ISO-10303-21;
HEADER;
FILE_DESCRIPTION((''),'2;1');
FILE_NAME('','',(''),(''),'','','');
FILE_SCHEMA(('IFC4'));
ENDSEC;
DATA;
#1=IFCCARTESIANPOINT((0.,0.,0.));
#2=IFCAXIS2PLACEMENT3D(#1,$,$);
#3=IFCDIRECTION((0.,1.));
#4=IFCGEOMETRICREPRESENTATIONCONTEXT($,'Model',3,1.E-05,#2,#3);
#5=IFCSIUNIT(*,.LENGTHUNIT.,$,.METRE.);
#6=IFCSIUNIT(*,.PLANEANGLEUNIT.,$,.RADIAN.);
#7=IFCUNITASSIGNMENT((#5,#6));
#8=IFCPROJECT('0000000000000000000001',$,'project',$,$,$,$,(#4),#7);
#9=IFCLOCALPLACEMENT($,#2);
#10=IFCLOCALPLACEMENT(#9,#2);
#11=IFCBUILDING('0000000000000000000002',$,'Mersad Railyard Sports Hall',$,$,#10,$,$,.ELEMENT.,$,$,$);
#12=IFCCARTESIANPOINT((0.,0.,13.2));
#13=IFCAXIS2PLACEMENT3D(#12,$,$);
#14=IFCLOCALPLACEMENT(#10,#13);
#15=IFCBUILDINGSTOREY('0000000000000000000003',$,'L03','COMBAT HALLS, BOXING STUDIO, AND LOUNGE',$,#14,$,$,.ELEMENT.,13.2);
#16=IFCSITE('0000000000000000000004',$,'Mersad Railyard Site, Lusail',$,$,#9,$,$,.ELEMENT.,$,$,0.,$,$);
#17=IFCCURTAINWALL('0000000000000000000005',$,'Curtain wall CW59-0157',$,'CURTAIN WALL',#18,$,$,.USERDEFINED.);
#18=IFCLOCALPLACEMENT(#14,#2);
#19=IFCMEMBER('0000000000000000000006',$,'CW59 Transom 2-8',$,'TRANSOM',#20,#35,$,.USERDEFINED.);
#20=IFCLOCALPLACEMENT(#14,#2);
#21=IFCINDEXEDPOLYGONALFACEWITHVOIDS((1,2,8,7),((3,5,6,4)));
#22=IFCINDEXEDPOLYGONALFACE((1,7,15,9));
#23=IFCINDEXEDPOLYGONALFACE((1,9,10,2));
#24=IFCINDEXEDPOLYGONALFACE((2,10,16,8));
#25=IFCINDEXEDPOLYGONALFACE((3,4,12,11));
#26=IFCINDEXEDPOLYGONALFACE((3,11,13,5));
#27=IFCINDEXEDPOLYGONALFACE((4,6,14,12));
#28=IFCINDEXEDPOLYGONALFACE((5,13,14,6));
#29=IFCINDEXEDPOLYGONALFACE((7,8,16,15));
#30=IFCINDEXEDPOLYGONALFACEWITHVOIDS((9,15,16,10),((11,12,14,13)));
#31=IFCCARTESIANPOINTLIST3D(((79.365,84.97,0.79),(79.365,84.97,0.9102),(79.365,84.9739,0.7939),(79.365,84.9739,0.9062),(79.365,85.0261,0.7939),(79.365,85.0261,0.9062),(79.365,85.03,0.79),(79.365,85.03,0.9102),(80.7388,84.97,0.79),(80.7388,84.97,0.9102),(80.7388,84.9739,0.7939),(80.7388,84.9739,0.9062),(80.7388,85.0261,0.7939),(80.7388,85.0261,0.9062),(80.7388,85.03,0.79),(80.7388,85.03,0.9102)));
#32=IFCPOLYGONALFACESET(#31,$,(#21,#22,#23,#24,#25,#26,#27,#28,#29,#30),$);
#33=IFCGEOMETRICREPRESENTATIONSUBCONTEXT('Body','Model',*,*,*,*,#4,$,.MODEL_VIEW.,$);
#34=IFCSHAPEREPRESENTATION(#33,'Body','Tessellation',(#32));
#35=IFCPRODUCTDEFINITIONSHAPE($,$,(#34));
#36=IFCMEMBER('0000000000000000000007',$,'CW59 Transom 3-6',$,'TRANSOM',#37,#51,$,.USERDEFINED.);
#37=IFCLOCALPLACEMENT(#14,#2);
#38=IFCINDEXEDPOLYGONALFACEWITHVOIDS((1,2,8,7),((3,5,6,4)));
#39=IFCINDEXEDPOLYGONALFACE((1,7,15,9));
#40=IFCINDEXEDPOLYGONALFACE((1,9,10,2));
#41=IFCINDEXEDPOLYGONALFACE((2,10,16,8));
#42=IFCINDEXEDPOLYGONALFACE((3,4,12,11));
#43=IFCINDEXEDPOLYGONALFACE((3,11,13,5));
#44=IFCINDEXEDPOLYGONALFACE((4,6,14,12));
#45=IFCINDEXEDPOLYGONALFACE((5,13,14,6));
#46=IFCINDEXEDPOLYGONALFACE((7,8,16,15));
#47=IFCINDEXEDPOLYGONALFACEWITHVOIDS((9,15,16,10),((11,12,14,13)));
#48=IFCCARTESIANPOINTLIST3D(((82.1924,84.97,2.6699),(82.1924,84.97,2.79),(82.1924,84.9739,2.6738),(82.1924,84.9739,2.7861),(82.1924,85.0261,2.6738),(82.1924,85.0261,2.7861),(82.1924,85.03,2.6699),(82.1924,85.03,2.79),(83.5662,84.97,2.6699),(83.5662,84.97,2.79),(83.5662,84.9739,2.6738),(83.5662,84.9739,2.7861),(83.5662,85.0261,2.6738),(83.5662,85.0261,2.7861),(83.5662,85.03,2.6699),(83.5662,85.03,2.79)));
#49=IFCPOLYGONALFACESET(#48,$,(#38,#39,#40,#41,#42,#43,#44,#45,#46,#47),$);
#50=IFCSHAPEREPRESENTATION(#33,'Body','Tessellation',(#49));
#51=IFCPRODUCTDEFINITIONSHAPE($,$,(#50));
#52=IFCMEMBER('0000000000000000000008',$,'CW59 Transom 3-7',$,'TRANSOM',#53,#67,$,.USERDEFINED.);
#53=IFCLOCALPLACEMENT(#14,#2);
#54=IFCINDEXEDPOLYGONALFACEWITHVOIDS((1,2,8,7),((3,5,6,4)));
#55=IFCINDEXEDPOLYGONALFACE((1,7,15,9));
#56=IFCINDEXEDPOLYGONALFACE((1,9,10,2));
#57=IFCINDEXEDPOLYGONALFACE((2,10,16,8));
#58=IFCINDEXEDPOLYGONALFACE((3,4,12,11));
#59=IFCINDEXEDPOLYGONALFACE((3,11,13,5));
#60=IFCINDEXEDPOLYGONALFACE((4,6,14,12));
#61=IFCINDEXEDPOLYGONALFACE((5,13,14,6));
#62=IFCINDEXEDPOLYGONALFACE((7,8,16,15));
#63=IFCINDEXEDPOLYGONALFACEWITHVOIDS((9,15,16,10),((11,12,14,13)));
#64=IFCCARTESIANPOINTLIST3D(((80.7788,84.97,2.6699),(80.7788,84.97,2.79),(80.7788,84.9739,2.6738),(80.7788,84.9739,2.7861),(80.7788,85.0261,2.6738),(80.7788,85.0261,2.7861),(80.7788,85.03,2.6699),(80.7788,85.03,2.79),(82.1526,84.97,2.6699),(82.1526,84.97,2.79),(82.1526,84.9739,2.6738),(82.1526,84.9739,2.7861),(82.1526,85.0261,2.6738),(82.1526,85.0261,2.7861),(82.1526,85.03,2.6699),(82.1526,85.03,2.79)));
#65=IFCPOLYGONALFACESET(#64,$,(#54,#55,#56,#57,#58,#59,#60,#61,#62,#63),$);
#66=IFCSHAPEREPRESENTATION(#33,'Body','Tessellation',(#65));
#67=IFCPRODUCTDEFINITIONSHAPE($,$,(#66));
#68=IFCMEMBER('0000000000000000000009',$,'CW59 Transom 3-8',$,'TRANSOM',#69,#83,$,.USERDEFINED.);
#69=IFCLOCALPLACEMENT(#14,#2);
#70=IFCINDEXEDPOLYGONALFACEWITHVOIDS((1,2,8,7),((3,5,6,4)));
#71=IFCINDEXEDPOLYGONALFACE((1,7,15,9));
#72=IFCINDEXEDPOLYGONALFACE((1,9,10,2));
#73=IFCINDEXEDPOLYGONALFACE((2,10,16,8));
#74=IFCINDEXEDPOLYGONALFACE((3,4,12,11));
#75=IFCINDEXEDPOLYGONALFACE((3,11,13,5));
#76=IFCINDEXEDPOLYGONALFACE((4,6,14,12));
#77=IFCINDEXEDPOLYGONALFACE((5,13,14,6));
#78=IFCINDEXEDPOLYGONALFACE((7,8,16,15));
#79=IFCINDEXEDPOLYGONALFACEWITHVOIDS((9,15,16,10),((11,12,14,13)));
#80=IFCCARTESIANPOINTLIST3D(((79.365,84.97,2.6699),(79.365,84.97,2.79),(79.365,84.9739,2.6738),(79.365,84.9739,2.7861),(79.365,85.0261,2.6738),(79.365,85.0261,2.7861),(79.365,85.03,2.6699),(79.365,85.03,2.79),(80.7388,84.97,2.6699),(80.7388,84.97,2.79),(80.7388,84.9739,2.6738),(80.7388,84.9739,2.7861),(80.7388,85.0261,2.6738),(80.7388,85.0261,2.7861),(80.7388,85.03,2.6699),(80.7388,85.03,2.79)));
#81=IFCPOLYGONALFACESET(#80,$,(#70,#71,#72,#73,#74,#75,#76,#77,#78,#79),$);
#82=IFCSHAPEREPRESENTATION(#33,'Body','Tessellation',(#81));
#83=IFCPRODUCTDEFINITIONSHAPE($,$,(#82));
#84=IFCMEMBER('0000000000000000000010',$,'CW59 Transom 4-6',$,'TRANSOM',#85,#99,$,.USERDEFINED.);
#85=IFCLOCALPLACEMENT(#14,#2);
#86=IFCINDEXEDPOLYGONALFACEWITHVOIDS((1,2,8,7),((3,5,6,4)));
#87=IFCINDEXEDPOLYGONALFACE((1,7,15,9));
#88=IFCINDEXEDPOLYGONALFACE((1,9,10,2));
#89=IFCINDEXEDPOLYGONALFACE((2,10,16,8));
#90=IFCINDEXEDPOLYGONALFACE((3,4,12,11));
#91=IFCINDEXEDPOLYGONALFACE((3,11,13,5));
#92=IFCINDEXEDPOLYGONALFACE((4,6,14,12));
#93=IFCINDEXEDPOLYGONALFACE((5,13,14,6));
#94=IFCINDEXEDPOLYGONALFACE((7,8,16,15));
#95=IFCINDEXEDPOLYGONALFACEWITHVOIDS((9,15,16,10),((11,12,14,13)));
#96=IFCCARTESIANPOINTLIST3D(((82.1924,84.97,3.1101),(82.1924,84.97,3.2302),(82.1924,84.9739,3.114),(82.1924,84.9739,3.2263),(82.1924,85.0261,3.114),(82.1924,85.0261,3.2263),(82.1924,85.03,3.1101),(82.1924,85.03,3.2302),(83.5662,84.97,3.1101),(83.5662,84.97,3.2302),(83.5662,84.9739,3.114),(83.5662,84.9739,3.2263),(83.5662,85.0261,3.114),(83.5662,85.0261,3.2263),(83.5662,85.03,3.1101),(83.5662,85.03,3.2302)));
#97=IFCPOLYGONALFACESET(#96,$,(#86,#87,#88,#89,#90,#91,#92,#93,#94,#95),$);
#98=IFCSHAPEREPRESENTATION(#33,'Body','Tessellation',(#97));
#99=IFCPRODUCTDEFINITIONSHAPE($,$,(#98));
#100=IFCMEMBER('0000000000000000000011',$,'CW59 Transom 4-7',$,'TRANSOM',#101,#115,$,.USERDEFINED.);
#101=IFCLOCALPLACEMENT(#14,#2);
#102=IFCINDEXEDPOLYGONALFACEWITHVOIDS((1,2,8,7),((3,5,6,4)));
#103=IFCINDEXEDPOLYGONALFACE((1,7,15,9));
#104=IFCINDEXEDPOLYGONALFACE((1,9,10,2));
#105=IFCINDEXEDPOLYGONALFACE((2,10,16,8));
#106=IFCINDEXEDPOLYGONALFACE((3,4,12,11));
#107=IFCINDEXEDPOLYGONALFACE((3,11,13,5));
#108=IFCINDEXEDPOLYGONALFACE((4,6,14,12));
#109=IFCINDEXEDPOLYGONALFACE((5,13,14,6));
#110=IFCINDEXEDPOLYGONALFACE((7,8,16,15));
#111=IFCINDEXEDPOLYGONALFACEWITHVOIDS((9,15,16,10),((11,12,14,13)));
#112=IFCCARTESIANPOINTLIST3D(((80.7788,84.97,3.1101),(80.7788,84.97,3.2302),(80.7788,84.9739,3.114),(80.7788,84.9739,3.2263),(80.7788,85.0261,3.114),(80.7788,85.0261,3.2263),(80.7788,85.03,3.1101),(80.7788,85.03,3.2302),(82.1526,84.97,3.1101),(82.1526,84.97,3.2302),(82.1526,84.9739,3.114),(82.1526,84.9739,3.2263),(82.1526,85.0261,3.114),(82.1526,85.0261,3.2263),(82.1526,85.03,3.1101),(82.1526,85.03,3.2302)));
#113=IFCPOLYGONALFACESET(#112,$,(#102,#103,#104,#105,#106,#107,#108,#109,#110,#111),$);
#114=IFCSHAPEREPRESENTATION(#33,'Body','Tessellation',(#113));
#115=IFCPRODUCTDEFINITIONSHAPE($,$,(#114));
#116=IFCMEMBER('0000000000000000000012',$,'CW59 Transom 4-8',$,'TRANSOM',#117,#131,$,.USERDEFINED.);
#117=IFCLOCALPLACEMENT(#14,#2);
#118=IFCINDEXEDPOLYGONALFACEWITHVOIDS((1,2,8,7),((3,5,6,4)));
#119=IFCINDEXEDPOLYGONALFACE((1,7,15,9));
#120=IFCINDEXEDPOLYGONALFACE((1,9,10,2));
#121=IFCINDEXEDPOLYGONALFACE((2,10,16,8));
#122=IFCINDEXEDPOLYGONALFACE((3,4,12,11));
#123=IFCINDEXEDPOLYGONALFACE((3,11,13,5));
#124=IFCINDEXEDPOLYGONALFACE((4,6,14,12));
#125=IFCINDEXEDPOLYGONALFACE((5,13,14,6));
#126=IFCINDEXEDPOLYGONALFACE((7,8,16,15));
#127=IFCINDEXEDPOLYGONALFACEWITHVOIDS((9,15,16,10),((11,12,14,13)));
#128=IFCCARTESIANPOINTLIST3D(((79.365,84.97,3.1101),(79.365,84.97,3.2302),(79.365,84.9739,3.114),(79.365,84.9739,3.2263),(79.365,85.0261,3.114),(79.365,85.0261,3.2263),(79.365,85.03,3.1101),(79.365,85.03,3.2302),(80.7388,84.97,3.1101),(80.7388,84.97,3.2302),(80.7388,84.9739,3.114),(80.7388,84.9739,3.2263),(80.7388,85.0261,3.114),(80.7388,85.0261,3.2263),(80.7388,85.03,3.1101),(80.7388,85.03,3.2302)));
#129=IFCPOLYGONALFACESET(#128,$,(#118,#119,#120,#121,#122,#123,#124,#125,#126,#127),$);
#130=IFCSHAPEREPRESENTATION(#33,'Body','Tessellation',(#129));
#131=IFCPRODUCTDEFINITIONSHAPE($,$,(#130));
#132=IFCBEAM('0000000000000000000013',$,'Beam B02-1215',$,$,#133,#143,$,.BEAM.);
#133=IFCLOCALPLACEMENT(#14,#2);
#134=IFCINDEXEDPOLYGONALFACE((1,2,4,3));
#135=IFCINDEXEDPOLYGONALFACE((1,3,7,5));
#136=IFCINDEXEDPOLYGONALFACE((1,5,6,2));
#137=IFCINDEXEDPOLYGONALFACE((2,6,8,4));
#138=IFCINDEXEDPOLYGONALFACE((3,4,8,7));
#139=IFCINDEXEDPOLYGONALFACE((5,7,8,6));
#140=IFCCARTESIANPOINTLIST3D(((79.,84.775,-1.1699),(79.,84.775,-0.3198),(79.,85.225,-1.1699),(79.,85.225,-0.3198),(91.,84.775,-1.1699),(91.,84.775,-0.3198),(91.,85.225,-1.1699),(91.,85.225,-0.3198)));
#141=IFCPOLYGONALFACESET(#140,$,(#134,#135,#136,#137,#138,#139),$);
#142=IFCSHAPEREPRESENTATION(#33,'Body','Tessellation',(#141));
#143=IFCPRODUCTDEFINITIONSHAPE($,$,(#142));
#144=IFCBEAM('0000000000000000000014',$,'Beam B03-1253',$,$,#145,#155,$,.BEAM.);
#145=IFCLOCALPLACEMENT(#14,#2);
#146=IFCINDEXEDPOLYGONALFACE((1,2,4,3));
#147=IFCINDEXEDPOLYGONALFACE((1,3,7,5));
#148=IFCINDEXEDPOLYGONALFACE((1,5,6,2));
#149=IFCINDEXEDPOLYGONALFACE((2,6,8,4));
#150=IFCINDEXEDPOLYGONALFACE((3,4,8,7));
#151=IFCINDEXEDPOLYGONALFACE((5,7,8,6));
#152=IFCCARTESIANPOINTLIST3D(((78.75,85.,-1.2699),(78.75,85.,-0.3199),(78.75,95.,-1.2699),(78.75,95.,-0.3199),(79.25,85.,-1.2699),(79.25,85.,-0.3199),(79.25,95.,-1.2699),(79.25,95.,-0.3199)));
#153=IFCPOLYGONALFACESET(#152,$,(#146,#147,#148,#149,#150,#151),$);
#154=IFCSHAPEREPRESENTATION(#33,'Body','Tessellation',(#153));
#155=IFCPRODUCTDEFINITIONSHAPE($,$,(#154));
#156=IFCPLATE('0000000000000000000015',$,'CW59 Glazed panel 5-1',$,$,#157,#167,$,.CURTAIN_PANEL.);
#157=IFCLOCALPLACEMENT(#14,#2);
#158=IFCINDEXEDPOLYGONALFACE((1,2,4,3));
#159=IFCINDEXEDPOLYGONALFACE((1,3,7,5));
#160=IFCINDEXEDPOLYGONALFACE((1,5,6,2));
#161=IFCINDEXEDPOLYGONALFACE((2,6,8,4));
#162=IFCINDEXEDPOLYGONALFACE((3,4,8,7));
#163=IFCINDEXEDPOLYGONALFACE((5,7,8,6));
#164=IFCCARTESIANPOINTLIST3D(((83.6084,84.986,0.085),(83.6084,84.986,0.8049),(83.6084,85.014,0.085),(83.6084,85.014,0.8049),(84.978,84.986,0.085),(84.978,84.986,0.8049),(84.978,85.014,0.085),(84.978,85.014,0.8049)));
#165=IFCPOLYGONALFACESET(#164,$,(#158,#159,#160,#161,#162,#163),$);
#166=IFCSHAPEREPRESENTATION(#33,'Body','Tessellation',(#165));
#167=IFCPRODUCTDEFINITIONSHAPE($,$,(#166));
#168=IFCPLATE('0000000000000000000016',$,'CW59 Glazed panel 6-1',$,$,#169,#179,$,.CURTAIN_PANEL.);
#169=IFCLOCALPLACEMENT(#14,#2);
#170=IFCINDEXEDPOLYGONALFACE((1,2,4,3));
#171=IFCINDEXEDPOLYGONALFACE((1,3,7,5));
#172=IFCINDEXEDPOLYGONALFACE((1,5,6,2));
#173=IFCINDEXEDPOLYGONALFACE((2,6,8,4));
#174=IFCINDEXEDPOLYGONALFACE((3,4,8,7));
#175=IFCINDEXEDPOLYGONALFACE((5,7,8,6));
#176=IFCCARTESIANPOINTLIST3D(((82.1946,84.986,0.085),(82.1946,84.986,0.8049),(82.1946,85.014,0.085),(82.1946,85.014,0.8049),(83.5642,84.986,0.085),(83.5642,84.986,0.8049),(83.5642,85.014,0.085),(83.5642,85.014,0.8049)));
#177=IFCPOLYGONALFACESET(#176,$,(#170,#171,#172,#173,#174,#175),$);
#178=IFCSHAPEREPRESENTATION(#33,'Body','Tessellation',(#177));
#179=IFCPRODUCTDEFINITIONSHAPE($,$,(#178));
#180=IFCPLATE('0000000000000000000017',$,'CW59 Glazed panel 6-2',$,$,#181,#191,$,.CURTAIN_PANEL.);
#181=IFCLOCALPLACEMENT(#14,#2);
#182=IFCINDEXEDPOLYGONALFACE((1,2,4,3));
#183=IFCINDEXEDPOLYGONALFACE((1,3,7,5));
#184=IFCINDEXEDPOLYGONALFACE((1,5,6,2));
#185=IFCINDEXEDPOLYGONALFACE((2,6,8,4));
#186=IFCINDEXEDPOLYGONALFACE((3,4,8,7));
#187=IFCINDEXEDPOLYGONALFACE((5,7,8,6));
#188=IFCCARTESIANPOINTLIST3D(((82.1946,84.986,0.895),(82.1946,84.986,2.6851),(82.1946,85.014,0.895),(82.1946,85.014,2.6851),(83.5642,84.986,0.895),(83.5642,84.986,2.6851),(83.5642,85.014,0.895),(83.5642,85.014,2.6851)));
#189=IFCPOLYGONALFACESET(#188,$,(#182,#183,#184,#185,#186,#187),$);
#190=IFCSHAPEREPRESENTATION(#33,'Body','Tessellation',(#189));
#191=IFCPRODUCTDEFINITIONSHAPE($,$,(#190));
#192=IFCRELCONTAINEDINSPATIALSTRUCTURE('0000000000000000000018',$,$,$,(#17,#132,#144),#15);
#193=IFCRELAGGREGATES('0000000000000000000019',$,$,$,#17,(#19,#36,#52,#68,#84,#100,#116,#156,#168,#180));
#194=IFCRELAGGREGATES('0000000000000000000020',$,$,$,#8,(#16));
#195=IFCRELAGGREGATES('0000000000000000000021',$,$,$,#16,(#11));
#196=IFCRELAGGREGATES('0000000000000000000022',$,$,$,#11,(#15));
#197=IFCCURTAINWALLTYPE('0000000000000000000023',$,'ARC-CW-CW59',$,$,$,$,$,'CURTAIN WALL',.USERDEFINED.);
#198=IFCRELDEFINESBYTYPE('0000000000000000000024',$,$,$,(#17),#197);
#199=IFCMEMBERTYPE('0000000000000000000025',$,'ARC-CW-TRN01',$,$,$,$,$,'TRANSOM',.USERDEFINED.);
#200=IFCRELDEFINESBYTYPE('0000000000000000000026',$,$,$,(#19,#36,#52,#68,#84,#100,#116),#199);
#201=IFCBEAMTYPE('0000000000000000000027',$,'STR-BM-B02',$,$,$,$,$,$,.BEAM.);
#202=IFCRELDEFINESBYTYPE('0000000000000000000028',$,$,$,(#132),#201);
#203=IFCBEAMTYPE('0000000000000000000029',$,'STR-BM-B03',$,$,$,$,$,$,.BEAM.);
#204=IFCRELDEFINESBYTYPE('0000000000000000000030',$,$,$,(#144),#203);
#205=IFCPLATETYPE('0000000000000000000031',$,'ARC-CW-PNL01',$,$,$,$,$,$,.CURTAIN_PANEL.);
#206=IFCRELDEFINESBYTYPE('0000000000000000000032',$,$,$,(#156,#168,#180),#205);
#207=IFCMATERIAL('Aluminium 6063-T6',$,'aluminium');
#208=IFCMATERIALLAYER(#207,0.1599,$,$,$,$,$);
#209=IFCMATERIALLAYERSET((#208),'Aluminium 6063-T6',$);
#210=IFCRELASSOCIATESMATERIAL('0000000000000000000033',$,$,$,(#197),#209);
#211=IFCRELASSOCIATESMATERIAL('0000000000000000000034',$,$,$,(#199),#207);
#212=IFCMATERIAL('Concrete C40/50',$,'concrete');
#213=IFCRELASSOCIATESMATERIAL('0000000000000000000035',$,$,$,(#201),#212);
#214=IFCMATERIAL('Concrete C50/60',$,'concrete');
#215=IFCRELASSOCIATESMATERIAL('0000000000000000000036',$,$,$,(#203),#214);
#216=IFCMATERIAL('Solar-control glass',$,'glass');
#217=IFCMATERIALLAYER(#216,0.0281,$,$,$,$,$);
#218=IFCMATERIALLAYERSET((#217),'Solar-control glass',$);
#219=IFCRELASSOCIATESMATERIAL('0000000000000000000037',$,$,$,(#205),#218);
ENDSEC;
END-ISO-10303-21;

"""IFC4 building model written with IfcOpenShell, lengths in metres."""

from ifc_helpers import new_model, si_unit, direction, frame, origin, origin_2d, place, context, subcontext, project, spatial, rectangle, hollow_rectangle, extrude, material, layer, layer_set, material_profile, profile_set, type_object, element, aggregate, save


model = new_model("IFC4")

# Units and contexts
model_context = context("Model", 3, precision=1e-05, world=origin(), true_north=direction((0.0, 1.0)))
body_context = subcontext(model_context, "Body", "Model", "MODEL_VIEW")
ifc_project = project(units=[si_unit("LENGTHUNIT", "METRE"), si_unit("PLANEANGLEUNIT", "RADIAN")], contexts=[model_context])

# Site, building, storey
site_placement = place(None, origin())
site = spatial("IfcSite", under=ifc_project, at=site_placement, Name="Mersad Railyard Site, Lusail", CompositionType="ELEMENT", RefElevation=0.0)
building_placement = place(site_placement, origin())
building = spatial("IfcBuilding", under=site, at=building_placement, Name="Mersad Railyard Sports Hall", CompositionType="ELEMENT")
storey_placement = place(building_placement, frame((0.0, 0.0, 13.2)))
storey = spatial("IfcBuildingStorey", under=building, at=storey_placement, Name="L03", Description="COMBAT HALLS, BOXING STUDIO, AND LOUNGE", CompositionType="ELEMENT", Elevation=13.2)

# Shared definitions
ifc_material_1 = material(Name="Concrete C40/50", Category="concrete")

# Shared definitions
ifc_material_2 = material(Name="Aluminium 6063-T6", Category="aluminium")
ifc_layer_1 = layer(ifc_material_2, 0.1599)
ifc_layer_set_1 = layer_set([ifc_layer_1], Name="Aluminium 6063-T6")
curtain_wall_type = type_object("IfcCurtainWallType", Name="ARC-CW-CW59", ElementType="CURTAIN WALL", PredefinedType="USERDEFINED", material=ifc_layer_set_1)

# Curtain wall, members
curtain_wall_1_placement = place(storey_placement, origin())
curtain_wall_1 = element("IfcCurtainWall", 1, at=curtain_wall_1_placement, inside=storey, type_object=curtain_wall_type, Name="Curtain wall CW59-0157", ObjectType="CURTAIN WALL", PredefinedType="USERDEFINED")
ifc_material_profile_1 = material_profile(ifc_material_2, hollow_rectangle(XDim=0.0601, YDim=0.1201, WallThickness=0.0039, at=origin_2d()), Name="AL TRANSOM 60x120x4")
ifc_profile_set_1 = profile_set([ifc_material_profile_1], Name="Aluminium 6063-T6")
member_type_1 = type_object("IfcMemberType", Name="ARC-CW-TRN01", ElementType="TRANSOM", PredefinedType="USERDEFINED", material=ifc_profile_set_1)
member_1_placement = place(storey_placement, frame((80.7388, 85.0, 0.8501), z_axis=(-1.0, 0.0, 0.0), x_axis=(0.0, -1.0, 0.0)))
member_1 = element("IfcMember", 2, at=member_1_placement, type_object=member_type_1, Name="CW59 Transom 2-8", ObjectType="TRANSOM", PredefinedType="USERDEFINED", context=body_context, shape_type="SweptSolid", body=[
    extrude(hollow_rectangle(XDim=0.0601, YDim=0.1201, WallThickness=0.0039, at=origin_2d()), origin(), (0.0, 0.0, 1.0), 1.3738),
])
member_2_placement = place(storey_placement, frame((83.5662, 85.0, 2.73), z_axis=(-1.0, 0.0, 0.0), x_axis=(0.0, -1.0, 0.0)))
member_2 = element("IfcMember", 3, at=member_2_placement, type_object=member_type_1, Name="CW59 Transom 3-6", ObjectType="TRANSOM", PredefinedType="USERDEFINED", context=body_context, shape_type="SweptSolid", body=[
    extrude(hollow_rectangle(XDim=0.0601, YDim=0.1201, WallThickness=0.0039, at=origin_2d()), origin(), (0.0, 0.0, 1.0), 1.3738),
])
member_3_placement = place(storey_placement, frame((82.1526, 85.0, 2.73), z_axis=(-1.0, 0.0, 0.0), x_axis=(0.0, -1.0, 0.0)))
member_3 = element("IfcMember", 4, at=member_3_placement, type_object=member_type_1, Name="CW59 Transom 3-7", ObjectType="TRANSOM", PredefinedType="USERDEFINED", context=body_context, shape_type="SweptSolid", body=[
    extrude(hollow_rectangle(XDim=0.0601, YDim=0.1201, WallThickness=0.0039, at=origin_2d()), origin(), (0.0, 0.0, 1.0), 1.3738),
])
member_4_placement = place(storey_placement, frame((80.7388, 85.0, 2.73), z_axis=(-1.0, 0.0, 0.0), x_axis=(0.0, -1.0, 0.0)))
member_4 = element("IfcMember", 5, at=member_4_placement, type_object=member_type_1, Name="CW59 Transom 3-8", ObjectType="TRANSOM", PredefinedType="USERDEFINED", context=body_context, shape_type="SweptSolid", body=[
    extrude(hollow_rectangle(XDim=0.0601, YDim=0.1201, WallThickness=0.0039, at=origin_2d()), origin(), (0.0, 0.0, 1.0), 1.3738),
])
member_5_placement = place(storey_placement, frame((83.5662, 85.0, 3.1702), z_axis=(-1.0, 0.0, 0.0), x_axis=(0.0, -1.0, 0.0)))
member_5 = element("IfcMember", 6, at=member_5_placement, type_object=member_type_1, Name="CW59 Transom 4-6", ObjectType="TRANSOM", PredefinedType="USERDEFINED", context=body_context, shape_type="SweptSolid", body=[
    extrude(hollow_rectangle(XDim=0.0601, YDim=0.1201, WallThickness=0.0039, at=origin_2d()), origin(), (0.0, 0.0, 1.0), 1.3738),
])
member_6_placement = place(storey_placement, frame((82.1526, 85.0, 3.1702), z_axis=(-1.0, 0.0, 0.0), x_axis=(0.0, -1.0, 0.0)))
member_6 = element("IfcMember", 7, at=member_6_placement, type_object=member_type_1, Name="CW59 Transom 4-7", ObjectType="TRANSOM", PredefinedType="USERDEFINED", context=body_context, shape_type="SweptSolid", body=[
    extrude(hollow_rectangle(XDim=0.0601, YDim=0.1201, WallThickness=0.0039, at=origin_2d()), origin(), (0.0, 0.0, 1.0), 1.3738),
])
member_7_placement = place(storey_placement, frame((80.7388, 85.0, 3.1702), z_axis=(-1.0, 0.0, 0.0), x_axis=(0.0, -1.0, 0.0)))
member_7 = element("IfcMember", 8, at=member_7_placement, type_object=member_type_1, Name="CW59 Transom 4-8", ObjectType="TRANSOM", PredefinedType="USERDEFINED", context=body_context, shape_type="SweptSolid", body=[
    extrude(hollow_rectangle(XDim=0.0601, YDim=0.1201, WallThickness=0.0039, at=origin_2d()), origin(), (0.0, 0.0, 1.0), 1.3738),
])

# Beams
ifc_material_profile_2 = material_profile(ifc_material_1, rectangle(XDim=0.45, YDim=0.8501, at=origin_2d()), Name="RC 450x850")
ifc_profile_set_2 = profile_set([ifc_material_profile_2], Name="Concrete C40/50")
beam_type_1 = type_object("IfcBeamType", Name="STR-BM-B02", PredefinedType="BEAM", material=ifc_profile_set_2)
beam_1_placement = place(storey_placement, frame((79.0, 85.0, -0.7449), z_axis=(1.0, 0.0, 0.0), x_axis=(0.0, 1.0, 0.0)))
element("IfcBeam", 9, at=beam_1_placement, inside=storey, type_object=beam_type_1, Name="Beam B02-1215", PredefinedType="BEAM", context=body_context, shape_type="SweptSolid", body=[
    extrude(rectangle(XDim=0.45, YDim=0.8501, at=origin_2d()), origin(), (0.0, 0.0, 1.0), 12.0),
])
ifc_material_3 = material(Name="Concrete C50/60", Category="concrete")
ifc_material_profile_3 = material_profile(ifc_material_3, rectangle(XDim=0.5, YDim=0.95, at=origin_2d()), Name="RC 500x950")
ifc_profile_set_3 = profile_set([ifc_material_profile_3], Name="Concrete C50/60")
beam_type_2 = type_object("IfcBeamType", Name="STR-BM-B03", PredefinedType="BEAM", material=ifc_profile_set_3)
beam_2_placement = place(storey_placement, frame((79.0, 85.0, -0.7949), z_axis=(0.0, 1.0, 0.0), x_axis=(-1.0, 0.0, 0.0)))
element("IfcBeam", 10, at=beam_2_placement, inside=storey, type_object=beam_type_2, Name="Beam B03-1253", PredefinedType="BEAM", context=body_context, shape_type="SweptSolid", body=[
    extrude(rectangle(XDim=0.5, YDim=0.95, at=origin_2d()), origin(), (0.0, 0.0, 1.0), 10.0),
])

# Plates
ifc_material_4 = material(Name="Solar-control glass", Category="glass")
ifc_layer_2 = layer(ifc_material_4, 0.0281)
ifc_layer_set_2 = layer_set([ifc_layer_2], Name="Solar-control glass")
plate_type = type_object("IfcPlateType", Name="ARC-CW-PNL01", PredefinedType="CURTAIN_PANEL", material=ifc_layer_set_2)
plate_1_placement = place(storey_placement, frame((84.2932, 85.0, 0.085), z_axis=(0.0, 0.0, 1.0), x_axis=(-1.0, 0.0, 0.0)))
plate_1 = element("IfcPlate", 11, at=plate_1_placement, type_object=plate_type, Name="CW59 Glazed panel 5-1", PredefinedType="CURTAIN_PANEL", context=body_context, shape_type="SweptSolid", body=[
    extrude(rectangle(XDim=1.3696, YDim=0.0281, at=origin_2d()), origin(), (0.0, 0.0, 1.0), 0.72),
])
plate_2_placement = place(storey_placement, frame((82.8794, 85.0, 0.085), z_axis=(0.0, 0.0, 1.0), x_axis=(-1.0, 0.0, 0.0)))
plate_2 = element("IfcPlate", 12, at=plate_2_placement, type_object=plate_type, Name="CW59 Glazed panel 6-1", PredefinedType="CURTAIN_PANEL", context=body_context, shape_type="SweptSolid", body=[
    extrude(rectangle(XDim=1.3696, YDim=0.0281, at=origin_2d()), origin(), (0.0, 0.0, 1.0), 0.72),
])
plate_3_placement = place(storey_placement, frame((82.8794, 85.0, 0.895), z_axis=(0.0, 0.0, 1.0), x_axis=(-1.0, 0.0, 0.0)))
plate_3 = element("IfcPlate", 13, at=plate_3_placement, type_object=plate_type, Name="CW59 Glazed panel 6-2", PredefinedType="CURTAIN_PANEL", context=body_context, shape_type="SweptSolid", body=[
    extrude(rectangle(XDim=1.3696, YDim=0.0281, at=origin_2d()), origin(), (0.0, 0.0, 1.0), 1.79),
])
aggregate(curtain_wall_1, [member_1, member_2, member_3, member_4, member_5, member_6, member_7, plate_1, plate_2, plate_3])

save(model, "model.ifc")
